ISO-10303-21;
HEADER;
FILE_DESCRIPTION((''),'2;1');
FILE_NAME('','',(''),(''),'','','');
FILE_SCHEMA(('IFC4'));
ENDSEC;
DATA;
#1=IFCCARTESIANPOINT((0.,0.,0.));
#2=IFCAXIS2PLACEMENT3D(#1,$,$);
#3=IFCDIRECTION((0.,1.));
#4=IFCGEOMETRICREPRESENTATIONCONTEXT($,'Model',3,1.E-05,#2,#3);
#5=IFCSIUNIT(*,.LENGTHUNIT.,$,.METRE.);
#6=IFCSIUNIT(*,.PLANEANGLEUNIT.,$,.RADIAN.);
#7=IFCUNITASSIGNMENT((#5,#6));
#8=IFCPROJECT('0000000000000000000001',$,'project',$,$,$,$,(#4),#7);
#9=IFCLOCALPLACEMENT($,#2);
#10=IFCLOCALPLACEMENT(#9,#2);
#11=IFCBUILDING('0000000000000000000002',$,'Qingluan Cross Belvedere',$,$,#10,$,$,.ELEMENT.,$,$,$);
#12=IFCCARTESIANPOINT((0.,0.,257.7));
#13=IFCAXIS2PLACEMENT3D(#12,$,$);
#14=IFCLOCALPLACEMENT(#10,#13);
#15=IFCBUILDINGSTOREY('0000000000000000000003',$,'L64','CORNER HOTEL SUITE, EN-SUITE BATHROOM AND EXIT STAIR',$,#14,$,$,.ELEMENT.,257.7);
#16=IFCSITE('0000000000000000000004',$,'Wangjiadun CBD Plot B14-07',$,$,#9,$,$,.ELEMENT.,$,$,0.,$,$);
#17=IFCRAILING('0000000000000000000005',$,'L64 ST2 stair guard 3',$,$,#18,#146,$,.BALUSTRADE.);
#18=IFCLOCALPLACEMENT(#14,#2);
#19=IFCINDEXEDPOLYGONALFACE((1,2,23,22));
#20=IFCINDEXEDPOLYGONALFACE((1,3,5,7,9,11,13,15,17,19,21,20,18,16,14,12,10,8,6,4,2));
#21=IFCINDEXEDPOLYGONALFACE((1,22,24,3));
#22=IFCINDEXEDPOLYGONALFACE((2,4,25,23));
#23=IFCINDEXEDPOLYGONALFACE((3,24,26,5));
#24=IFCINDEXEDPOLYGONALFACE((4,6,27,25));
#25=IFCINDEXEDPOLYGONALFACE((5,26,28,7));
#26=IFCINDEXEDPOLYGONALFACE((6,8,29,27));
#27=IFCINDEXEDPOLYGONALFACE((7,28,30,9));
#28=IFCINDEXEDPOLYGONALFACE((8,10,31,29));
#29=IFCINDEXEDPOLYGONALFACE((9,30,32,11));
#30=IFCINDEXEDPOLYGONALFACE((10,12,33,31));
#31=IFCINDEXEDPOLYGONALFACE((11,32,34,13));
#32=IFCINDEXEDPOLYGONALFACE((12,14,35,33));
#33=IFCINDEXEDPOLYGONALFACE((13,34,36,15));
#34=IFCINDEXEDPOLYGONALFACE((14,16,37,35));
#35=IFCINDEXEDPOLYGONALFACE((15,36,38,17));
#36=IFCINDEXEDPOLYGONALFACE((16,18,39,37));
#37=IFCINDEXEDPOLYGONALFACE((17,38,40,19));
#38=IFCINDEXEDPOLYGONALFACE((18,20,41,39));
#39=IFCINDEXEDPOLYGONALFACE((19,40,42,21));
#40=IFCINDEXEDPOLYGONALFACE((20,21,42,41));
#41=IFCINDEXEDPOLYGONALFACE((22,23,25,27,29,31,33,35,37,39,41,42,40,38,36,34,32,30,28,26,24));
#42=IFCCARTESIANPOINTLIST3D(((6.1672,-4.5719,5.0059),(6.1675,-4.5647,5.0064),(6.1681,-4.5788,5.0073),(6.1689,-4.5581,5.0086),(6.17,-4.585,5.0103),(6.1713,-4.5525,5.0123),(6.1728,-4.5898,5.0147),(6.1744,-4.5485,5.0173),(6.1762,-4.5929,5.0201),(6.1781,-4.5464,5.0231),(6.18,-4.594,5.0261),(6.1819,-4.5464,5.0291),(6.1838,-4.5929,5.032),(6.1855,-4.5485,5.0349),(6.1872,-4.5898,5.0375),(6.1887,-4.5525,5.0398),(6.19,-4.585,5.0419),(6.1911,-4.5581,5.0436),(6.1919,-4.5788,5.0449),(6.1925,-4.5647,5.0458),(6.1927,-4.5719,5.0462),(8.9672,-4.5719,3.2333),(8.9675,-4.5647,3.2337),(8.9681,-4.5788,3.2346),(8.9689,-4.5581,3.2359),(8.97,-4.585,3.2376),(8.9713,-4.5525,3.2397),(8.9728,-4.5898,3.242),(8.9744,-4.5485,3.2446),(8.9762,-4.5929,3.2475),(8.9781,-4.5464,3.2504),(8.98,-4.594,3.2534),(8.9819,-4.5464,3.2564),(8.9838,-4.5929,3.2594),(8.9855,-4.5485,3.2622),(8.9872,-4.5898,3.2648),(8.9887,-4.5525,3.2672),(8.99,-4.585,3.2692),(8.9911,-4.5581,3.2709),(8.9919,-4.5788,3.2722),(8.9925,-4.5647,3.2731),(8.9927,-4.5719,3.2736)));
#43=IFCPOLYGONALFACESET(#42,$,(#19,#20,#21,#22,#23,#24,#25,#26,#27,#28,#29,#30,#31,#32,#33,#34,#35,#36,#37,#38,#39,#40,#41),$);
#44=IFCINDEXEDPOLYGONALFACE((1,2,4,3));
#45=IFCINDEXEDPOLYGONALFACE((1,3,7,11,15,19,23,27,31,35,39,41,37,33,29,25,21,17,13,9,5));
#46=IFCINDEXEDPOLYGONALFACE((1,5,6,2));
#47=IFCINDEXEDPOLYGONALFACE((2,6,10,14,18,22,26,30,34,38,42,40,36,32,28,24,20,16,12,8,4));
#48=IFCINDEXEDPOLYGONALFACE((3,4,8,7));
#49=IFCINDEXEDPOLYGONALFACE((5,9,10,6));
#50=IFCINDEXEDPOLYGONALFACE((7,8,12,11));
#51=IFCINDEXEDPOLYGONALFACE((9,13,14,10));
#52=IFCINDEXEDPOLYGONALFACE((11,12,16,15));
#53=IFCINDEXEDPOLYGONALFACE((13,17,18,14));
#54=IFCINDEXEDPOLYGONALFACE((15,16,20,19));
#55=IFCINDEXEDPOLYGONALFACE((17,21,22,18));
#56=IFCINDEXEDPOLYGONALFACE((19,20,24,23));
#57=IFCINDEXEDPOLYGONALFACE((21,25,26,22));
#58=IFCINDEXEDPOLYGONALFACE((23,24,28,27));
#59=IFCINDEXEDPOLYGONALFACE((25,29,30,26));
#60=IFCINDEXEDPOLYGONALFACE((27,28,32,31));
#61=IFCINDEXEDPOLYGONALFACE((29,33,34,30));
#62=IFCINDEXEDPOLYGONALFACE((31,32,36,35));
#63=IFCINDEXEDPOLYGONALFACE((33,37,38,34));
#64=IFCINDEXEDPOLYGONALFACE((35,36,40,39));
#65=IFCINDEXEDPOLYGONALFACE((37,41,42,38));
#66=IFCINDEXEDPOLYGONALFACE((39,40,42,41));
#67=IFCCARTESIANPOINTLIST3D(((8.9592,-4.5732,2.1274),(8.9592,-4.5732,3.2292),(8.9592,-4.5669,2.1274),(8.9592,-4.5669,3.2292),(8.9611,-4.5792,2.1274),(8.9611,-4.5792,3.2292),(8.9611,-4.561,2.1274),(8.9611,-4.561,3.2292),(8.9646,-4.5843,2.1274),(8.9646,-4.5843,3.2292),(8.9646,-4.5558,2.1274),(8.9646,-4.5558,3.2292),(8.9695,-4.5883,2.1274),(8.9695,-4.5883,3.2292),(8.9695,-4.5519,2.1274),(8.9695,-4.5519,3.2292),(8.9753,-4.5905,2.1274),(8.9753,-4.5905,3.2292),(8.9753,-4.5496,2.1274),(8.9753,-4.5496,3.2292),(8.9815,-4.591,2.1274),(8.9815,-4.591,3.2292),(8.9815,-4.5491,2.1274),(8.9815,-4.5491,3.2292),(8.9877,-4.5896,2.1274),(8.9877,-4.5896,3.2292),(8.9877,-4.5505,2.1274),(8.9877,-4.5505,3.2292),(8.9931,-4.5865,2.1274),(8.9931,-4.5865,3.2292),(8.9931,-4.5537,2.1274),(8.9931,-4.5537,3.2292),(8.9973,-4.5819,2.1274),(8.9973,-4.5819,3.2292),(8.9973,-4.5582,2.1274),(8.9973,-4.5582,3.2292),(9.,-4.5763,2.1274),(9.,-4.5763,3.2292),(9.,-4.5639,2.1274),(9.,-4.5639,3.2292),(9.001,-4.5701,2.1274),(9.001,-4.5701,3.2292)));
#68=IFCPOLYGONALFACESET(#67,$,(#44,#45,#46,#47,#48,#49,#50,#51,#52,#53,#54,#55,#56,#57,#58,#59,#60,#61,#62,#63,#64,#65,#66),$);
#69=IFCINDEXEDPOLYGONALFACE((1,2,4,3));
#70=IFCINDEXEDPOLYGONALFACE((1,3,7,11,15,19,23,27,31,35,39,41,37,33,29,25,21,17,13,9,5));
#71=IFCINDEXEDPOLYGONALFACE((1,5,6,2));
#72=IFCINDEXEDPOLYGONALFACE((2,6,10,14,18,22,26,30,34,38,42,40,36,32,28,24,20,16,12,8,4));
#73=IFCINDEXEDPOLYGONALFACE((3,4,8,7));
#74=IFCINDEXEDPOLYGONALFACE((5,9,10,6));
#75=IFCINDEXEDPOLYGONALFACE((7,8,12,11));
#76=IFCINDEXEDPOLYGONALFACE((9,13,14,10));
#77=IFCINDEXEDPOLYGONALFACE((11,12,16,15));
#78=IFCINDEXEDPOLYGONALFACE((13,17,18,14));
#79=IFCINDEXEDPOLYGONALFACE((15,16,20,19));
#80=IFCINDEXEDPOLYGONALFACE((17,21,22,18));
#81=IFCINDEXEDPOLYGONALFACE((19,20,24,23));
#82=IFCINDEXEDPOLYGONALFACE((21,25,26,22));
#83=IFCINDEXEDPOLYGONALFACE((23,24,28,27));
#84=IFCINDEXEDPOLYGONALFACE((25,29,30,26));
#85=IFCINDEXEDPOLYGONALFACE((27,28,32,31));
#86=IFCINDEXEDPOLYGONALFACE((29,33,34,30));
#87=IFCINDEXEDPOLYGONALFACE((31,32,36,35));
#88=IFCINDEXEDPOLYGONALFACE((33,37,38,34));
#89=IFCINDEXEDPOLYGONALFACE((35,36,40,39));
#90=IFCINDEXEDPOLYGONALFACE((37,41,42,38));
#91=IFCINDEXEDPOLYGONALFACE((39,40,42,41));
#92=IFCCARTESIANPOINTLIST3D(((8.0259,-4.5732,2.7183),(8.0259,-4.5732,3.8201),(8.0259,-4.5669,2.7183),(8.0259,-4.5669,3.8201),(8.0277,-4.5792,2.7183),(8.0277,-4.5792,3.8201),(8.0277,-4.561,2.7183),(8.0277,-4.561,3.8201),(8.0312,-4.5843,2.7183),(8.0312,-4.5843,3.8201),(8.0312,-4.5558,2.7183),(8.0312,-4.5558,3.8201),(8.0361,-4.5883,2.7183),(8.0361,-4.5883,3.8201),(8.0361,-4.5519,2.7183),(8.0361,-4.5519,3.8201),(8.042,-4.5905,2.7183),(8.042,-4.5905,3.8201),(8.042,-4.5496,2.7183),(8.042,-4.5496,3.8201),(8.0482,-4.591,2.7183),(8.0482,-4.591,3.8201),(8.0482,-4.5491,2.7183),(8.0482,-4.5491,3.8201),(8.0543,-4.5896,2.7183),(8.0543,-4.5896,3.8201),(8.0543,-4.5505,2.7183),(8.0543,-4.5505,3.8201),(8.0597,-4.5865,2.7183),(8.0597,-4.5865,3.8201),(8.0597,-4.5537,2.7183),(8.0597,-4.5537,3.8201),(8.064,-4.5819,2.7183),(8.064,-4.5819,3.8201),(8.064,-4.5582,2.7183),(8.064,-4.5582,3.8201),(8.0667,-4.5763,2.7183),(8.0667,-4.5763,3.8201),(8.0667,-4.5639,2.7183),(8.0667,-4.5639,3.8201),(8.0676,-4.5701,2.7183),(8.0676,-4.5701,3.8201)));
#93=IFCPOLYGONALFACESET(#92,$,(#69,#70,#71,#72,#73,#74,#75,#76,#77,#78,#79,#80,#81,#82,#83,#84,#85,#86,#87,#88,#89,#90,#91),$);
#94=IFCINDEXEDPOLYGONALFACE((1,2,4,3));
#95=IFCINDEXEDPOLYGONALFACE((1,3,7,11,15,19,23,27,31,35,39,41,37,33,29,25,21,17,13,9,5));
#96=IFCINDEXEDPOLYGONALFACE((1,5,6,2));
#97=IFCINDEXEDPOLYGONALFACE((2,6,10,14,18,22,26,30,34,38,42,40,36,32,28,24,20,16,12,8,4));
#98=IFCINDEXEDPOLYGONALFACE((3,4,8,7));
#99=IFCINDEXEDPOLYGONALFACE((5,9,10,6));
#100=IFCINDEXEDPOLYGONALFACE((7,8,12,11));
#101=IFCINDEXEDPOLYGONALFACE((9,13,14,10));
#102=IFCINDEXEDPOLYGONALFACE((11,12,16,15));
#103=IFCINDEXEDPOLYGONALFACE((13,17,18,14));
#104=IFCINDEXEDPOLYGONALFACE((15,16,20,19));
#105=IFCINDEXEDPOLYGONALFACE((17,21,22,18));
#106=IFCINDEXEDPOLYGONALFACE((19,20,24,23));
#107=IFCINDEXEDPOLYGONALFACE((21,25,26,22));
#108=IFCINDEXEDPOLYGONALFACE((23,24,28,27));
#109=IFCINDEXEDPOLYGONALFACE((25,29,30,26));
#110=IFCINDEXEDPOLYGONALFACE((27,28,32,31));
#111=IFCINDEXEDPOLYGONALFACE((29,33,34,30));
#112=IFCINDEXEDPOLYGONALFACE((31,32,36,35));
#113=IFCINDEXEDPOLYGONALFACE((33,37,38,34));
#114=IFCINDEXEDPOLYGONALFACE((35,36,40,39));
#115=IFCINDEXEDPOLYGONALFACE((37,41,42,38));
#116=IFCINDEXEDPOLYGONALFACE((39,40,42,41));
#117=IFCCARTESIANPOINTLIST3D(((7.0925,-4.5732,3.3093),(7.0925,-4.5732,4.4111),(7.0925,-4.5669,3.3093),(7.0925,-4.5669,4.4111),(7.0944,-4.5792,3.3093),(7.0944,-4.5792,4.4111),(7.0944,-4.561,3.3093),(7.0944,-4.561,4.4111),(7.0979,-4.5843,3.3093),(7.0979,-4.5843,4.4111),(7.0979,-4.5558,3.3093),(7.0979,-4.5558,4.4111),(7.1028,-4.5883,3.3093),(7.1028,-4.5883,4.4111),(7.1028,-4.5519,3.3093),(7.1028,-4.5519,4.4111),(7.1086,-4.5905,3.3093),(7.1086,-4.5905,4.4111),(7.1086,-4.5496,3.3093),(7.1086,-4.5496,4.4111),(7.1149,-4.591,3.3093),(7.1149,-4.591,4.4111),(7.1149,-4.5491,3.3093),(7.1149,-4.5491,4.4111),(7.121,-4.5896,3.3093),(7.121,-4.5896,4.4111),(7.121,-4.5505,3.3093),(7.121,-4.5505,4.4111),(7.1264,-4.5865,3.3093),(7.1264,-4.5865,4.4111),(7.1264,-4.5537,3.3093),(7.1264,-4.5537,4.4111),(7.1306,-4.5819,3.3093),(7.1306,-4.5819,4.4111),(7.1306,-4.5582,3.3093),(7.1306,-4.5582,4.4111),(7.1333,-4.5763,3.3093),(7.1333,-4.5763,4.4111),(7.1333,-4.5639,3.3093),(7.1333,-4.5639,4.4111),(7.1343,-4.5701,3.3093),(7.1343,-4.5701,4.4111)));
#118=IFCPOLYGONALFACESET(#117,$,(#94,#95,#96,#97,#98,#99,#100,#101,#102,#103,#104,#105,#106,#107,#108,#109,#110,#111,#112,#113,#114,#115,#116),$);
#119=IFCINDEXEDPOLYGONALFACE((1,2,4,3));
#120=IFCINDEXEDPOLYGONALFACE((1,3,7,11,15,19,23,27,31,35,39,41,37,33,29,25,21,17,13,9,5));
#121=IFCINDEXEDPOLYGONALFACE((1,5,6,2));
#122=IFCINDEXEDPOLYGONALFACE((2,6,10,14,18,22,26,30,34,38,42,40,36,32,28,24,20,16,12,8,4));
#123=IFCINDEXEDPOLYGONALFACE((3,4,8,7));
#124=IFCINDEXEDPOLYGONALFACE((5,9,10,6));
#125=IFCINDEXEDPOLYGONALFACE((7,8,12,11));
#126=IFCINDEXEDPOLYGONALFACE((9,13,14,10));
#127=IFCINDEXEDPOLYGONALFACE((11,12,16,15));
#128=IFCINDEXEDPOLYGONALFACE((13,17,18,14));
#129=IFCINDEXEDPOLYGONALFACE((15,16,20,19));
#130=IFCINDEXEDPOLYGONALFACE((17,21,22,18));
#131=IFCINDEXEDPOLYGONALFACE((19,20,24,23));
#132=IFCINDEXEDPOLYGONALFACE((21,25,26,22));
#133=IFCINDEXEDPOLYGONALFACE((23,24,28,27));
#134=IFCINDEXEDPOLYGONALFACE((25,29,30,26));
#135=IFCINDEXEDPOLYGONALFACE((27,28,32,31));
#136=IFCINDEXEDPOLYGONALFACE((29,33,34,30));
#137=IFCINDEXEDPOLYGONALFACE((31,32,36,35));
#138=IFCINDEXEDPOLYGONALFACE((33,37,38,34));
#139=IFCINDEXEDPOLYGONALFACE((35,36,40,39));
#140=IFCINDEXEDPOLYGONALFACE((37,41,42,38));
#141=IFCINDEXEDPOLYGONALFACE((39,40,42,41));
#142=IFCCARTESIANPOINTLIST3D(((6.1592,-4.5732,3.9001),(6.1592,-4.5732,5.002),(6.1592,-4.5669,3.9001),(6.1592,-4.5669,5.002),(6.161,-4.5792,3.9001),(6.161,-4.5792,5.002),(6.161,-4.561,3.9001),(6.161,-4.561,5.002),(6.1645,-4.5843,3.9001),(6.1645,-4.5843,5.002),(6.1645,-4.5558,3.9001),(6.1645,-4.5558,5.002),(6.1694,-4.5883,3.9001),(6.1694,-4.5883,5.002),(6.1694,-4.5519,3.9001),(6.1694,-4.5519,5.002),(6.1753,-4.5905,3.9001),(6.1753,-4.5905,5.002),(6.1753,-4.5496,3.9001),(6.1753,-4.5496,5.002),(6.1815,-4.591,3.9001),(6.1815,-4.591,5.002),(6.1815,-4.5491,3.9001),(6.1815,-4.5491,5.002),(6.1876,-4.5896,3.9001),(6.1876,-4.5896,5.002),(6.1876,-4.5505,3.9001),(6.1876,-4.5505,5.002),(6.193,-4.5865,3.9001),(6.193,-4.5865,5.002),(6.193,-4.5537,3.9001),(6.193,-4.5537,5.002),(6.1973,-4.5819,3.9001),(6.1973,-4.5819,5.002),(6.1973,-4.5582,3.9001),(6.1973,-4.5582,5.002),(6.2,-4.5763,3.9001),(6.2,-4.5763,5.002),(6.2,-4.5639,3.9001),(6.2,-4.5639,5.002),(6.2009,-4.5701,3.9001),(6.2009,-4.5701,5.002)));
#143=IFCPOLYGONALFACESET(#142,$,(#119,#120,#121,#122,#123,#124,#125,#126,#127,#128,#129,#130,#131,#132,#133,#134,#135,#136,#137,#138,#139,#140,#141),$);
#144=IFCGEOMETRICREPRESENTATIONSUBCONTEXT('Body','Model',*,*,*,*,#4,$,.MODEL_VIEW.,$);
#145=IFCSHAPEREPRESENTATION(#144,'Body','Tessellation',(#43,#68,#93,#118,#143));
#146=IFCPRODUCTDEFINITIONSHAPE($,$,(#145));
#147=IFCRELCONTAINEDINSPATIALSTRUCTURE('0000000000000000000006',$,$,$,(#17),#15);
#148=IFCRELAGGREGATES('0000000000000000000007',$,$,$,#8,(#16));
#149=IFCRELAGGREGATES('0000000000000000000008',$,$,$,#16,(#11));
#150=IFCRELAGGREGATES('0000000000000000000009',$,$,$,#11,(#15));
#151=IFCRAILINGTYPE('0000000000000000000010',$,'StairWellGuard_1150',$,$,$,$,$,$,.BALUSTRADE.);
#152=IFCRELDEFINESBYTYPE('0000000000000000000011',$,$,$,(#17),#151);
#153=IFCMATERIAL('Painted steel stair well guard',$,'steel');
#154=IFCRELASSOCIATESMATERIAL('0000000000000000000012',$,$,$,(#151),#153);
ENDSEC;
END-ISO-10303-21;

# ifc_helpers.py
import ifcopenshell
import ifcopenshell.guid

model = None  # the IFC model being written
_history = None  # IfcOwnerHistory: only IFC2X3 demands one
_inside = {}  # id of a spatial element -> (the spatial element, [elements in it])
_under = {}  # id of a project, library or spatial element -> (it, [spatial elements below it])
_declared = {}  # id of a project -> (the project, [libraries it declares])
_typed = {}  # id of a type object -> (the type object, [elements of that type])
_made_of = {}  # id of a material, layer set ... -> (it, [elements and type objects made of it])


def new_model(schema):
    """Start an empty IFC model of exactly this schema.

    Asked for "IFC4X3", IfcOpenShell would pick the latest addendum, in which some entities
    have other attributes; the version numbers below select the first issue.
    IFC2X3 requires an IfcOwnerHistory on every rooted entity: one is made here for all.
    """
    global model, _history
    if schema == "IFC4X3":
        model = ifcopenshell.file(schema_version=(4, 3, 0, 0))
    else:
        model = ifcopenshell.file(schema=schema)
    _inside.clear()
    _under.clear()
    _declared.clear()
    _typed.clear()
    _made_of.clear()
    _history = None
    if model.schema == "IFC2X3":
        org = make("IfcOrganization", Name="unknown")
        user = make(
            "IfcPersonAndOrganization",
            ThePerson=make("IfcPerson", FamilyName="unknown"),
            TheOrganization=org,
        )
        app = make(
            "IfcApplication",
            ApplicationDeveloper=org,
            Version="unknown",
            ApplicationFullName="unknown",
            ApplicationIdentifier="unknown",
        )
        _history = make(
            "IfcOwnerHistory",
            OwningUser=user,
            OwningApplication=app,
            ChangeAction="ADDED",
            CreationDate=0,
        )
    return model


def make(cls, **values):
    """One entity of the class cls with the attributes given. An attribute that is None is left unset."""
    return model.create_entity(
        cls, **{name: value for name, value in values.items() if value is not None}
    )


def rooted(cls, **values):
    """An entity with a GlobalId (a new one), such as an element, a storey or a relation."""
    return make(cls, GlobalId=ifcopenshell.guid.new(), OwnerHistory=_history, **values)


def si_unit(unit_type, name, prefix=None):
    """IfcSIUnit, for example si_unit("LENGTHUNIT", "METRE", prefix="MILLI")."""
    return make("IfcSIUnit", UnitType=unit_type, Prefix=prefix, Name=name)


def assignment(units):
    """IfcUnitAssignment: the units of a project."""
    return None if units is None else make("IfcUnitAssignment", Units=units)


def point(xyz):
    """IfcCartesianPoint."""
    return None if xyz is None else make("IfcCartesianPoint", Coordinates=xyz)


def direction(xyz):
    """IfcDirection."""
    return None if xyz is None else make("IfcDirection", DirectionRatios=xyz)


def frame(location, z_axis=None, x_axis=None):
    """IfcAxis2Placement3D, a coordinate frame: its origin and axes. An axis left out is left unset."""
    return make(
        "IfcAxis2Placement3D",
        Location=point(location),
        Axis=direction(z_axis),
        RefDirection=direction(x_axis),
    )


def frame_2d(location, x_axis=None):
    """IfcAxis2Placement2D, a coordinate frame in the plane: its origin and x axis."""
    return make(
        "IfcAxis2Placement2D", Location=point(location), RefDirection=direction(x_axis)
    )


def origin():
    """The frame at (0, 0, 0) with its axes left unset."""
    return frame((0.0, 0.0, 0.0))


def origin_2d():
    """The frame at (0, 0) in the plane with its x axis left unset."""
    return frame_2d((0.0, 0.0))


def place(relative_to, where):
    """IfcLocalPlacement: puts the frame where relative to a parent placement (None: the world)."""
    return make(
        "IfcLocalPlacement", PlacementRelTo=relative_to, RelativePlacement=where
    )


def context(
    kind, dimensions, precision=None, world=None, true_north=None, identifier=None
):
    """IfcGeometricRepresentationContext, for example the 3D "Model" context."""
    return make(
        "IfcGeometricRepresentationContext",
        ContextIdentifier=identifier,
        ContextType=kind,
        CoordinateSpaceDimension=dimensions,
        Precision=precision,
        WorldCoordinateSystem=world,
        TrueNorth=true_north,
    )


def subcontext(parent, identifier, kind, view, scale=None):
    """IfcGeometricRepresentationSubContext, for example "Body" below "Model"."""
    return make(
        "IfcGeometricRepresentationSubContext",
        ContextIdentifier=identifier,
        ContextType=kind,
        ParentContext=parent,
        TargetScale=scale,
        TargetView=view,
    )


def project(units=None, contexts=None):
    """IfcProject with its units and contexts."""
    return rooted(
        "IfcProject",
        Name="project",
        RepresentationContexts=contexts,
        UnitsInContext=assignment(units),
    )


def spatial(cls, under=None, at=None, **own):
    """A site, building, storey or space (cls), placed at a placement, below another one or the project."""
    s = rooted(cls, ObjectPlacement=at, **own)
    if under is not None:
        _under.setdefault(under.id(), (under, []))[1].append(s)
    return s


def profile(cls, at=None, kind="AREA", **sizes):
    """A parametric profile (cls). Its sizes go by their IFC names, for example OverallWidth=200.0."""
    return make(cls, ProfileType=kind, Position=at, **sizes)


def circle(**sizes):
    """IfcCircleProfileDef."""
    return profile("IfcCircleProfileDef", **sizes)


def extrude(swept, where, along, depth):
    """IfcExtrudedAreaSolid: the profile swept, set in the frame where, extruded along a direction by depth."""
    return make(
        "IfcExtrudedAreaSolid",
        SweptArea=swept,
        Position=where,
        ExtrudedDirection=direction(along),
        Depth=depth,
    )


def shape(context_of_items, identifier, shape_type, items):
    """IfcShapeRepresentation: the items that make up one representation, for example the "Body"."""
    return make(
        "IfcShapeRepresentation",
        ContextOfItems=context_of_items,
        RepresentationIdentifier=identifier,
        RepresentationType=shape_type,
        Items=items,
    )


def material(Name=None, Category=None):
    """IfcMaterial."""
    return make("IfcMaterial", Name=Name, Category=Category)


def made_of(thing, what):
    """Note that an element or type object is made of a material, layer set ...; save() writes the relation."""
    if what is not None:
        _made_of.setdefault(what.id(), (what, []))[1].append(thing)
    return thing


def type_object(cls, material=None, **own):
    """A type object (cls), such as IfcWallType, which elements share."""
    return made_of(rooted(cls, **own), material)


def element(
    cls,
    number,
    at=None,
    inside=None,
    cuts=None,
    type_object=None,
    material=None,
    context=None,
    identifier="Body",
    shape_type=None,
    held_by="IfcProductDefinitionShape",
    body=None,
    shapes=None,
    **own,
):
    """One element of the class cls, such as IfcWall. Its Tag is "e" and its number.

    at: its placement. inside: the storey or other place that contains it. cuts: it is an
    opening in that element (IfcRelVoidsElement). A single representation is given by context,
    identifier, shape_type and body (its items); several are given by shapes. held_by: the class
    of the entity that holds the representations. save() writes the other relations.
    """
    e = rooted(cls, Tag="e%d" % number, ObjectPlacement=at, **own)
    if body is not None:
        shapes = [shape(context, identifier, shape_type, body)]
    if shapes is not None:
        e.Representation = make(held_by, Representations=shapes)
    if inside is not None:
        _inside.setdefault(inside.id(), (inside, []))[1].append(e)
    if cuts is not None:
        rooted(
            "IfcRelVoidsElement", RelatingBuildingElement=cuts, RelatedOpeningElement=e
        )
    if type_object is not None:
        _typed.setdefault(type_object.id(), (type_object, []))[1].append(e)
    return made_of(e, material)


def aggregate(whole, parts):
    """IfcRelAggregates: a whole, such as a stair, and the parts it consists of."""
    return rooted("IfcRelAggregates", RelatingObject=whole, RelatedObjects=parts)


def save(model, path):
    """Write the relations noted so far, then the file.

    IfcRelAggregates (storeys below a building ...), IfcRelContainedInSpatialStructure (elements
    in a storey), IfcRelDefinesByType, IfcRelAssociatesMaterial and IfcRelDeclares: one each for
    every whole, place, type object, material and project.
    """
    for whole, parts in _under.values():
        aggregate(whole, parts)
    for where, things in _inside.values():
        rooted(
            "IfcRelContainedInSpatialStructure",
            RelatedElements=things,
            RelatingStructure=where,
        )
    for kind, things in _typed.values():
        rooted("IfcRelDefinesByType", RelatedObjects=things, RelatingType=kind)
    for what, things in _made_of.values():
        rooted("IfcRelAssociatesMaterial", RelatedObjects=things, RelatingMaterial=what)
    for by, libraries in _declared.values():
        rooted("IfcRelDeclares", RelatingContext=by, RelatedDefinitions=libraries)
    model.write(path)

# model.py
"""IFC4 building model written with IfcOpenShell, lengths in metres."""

from ifc_helpers import new_model, si_unit, direction, frame, origin, origin_2d, place, context, subcontext, project, spatial, circle, extrude, material, type_object, element, save


model = new_model("IFC4")

# Units and contexts
model_context = context("Model", 3, precision=1e-05, world=origin(), true_north=direction((0.0, 1.0)))
body_context = subcontext(model_context, "Body", "Model", "MODEL_VIEW")
ifc_project = project(units=[si_unit("LENGTHUNIT", "METRE"), si_unit("PLANEANGLEUNIT", "RADIAN")], contexts=[model_context])

# Site, building, storey
site_placement = place(None, origin())
site = spatial("IfcSite", under=ifc_project, at=site_placement, Name="Wangjiadun CBD Plot B14-07", CompositionType="ELEMENT", RefElevation=0.0)
building_placement = place(site_placement, origin())
building = spatial("IfcBuilding", under=site, at=building_placement, Name="Qingluan Cross Belvedere", CompositionType="ELEMENT")
storey_placement = place(building_placement, frame((0.0, 0.0, 257.7)))
storey = spatial("IfcBuildingStorey", under=building, at=storey_placement, Name="L64", Description="CORNER HOTEL SUITE, EN-SUITE BATHROOM AND EXIT STAIR", CompositionType="ELEMENT", Elevation=257.7)

# Railing
ifc_material_1 = material(Name="Painted steel stair well guard", Category="steel")
railing_type_1 = type_object("IfcRailingType", Name="StairWellGuard_1150", PredefinedType="BALUSTRADE", material=ifc_material_1)
railing_1_placement = place(storey_placement, frame((8.98, -4.5701, 2.1274)))
element("IfcRailing", 1, at=railing_1_placement, inside=storey, type_object=railing_type_1, Name="L64 ST2 stair guard 3", PredefinedType="BALUSTRADE", context=body_context, shape_type="SweptSolid", body=[
    extrude(circle(Radius=0.0239, at=origin_2d()), frame((0.0, 0.0, 1.126), z_axis=(-0.844909, 0.0, 0.53491), x_axis=(0.0, -1.0, 0.0)), (0.0, 0.0, 1.0), 3.314),
    extrude(circle(Radius=0.021, at=origin_2d()), origin(), (0.0, 0.0, 1.0), 1.1018),
    extrude(circle(Radius=0.021, at=origin_2d()), frame((-0.9333, 0.0, 0.5908)), (0.0, 0.0, 1.0), 1.1018),
    extrude(circle(Radius=0.021, at=origin_2d()), frame((-1.8667, 0.0, 1.1819)), (0.0, 0.0, 1.0), 1.1018),
    extrude(circle(Radius=0.021, at=origin_2d()), frame((-2.8, 0.0, 1.7727)), (0.0, 0.0, 1.0), 1.1018),
])

save(model, "model.ifc")
